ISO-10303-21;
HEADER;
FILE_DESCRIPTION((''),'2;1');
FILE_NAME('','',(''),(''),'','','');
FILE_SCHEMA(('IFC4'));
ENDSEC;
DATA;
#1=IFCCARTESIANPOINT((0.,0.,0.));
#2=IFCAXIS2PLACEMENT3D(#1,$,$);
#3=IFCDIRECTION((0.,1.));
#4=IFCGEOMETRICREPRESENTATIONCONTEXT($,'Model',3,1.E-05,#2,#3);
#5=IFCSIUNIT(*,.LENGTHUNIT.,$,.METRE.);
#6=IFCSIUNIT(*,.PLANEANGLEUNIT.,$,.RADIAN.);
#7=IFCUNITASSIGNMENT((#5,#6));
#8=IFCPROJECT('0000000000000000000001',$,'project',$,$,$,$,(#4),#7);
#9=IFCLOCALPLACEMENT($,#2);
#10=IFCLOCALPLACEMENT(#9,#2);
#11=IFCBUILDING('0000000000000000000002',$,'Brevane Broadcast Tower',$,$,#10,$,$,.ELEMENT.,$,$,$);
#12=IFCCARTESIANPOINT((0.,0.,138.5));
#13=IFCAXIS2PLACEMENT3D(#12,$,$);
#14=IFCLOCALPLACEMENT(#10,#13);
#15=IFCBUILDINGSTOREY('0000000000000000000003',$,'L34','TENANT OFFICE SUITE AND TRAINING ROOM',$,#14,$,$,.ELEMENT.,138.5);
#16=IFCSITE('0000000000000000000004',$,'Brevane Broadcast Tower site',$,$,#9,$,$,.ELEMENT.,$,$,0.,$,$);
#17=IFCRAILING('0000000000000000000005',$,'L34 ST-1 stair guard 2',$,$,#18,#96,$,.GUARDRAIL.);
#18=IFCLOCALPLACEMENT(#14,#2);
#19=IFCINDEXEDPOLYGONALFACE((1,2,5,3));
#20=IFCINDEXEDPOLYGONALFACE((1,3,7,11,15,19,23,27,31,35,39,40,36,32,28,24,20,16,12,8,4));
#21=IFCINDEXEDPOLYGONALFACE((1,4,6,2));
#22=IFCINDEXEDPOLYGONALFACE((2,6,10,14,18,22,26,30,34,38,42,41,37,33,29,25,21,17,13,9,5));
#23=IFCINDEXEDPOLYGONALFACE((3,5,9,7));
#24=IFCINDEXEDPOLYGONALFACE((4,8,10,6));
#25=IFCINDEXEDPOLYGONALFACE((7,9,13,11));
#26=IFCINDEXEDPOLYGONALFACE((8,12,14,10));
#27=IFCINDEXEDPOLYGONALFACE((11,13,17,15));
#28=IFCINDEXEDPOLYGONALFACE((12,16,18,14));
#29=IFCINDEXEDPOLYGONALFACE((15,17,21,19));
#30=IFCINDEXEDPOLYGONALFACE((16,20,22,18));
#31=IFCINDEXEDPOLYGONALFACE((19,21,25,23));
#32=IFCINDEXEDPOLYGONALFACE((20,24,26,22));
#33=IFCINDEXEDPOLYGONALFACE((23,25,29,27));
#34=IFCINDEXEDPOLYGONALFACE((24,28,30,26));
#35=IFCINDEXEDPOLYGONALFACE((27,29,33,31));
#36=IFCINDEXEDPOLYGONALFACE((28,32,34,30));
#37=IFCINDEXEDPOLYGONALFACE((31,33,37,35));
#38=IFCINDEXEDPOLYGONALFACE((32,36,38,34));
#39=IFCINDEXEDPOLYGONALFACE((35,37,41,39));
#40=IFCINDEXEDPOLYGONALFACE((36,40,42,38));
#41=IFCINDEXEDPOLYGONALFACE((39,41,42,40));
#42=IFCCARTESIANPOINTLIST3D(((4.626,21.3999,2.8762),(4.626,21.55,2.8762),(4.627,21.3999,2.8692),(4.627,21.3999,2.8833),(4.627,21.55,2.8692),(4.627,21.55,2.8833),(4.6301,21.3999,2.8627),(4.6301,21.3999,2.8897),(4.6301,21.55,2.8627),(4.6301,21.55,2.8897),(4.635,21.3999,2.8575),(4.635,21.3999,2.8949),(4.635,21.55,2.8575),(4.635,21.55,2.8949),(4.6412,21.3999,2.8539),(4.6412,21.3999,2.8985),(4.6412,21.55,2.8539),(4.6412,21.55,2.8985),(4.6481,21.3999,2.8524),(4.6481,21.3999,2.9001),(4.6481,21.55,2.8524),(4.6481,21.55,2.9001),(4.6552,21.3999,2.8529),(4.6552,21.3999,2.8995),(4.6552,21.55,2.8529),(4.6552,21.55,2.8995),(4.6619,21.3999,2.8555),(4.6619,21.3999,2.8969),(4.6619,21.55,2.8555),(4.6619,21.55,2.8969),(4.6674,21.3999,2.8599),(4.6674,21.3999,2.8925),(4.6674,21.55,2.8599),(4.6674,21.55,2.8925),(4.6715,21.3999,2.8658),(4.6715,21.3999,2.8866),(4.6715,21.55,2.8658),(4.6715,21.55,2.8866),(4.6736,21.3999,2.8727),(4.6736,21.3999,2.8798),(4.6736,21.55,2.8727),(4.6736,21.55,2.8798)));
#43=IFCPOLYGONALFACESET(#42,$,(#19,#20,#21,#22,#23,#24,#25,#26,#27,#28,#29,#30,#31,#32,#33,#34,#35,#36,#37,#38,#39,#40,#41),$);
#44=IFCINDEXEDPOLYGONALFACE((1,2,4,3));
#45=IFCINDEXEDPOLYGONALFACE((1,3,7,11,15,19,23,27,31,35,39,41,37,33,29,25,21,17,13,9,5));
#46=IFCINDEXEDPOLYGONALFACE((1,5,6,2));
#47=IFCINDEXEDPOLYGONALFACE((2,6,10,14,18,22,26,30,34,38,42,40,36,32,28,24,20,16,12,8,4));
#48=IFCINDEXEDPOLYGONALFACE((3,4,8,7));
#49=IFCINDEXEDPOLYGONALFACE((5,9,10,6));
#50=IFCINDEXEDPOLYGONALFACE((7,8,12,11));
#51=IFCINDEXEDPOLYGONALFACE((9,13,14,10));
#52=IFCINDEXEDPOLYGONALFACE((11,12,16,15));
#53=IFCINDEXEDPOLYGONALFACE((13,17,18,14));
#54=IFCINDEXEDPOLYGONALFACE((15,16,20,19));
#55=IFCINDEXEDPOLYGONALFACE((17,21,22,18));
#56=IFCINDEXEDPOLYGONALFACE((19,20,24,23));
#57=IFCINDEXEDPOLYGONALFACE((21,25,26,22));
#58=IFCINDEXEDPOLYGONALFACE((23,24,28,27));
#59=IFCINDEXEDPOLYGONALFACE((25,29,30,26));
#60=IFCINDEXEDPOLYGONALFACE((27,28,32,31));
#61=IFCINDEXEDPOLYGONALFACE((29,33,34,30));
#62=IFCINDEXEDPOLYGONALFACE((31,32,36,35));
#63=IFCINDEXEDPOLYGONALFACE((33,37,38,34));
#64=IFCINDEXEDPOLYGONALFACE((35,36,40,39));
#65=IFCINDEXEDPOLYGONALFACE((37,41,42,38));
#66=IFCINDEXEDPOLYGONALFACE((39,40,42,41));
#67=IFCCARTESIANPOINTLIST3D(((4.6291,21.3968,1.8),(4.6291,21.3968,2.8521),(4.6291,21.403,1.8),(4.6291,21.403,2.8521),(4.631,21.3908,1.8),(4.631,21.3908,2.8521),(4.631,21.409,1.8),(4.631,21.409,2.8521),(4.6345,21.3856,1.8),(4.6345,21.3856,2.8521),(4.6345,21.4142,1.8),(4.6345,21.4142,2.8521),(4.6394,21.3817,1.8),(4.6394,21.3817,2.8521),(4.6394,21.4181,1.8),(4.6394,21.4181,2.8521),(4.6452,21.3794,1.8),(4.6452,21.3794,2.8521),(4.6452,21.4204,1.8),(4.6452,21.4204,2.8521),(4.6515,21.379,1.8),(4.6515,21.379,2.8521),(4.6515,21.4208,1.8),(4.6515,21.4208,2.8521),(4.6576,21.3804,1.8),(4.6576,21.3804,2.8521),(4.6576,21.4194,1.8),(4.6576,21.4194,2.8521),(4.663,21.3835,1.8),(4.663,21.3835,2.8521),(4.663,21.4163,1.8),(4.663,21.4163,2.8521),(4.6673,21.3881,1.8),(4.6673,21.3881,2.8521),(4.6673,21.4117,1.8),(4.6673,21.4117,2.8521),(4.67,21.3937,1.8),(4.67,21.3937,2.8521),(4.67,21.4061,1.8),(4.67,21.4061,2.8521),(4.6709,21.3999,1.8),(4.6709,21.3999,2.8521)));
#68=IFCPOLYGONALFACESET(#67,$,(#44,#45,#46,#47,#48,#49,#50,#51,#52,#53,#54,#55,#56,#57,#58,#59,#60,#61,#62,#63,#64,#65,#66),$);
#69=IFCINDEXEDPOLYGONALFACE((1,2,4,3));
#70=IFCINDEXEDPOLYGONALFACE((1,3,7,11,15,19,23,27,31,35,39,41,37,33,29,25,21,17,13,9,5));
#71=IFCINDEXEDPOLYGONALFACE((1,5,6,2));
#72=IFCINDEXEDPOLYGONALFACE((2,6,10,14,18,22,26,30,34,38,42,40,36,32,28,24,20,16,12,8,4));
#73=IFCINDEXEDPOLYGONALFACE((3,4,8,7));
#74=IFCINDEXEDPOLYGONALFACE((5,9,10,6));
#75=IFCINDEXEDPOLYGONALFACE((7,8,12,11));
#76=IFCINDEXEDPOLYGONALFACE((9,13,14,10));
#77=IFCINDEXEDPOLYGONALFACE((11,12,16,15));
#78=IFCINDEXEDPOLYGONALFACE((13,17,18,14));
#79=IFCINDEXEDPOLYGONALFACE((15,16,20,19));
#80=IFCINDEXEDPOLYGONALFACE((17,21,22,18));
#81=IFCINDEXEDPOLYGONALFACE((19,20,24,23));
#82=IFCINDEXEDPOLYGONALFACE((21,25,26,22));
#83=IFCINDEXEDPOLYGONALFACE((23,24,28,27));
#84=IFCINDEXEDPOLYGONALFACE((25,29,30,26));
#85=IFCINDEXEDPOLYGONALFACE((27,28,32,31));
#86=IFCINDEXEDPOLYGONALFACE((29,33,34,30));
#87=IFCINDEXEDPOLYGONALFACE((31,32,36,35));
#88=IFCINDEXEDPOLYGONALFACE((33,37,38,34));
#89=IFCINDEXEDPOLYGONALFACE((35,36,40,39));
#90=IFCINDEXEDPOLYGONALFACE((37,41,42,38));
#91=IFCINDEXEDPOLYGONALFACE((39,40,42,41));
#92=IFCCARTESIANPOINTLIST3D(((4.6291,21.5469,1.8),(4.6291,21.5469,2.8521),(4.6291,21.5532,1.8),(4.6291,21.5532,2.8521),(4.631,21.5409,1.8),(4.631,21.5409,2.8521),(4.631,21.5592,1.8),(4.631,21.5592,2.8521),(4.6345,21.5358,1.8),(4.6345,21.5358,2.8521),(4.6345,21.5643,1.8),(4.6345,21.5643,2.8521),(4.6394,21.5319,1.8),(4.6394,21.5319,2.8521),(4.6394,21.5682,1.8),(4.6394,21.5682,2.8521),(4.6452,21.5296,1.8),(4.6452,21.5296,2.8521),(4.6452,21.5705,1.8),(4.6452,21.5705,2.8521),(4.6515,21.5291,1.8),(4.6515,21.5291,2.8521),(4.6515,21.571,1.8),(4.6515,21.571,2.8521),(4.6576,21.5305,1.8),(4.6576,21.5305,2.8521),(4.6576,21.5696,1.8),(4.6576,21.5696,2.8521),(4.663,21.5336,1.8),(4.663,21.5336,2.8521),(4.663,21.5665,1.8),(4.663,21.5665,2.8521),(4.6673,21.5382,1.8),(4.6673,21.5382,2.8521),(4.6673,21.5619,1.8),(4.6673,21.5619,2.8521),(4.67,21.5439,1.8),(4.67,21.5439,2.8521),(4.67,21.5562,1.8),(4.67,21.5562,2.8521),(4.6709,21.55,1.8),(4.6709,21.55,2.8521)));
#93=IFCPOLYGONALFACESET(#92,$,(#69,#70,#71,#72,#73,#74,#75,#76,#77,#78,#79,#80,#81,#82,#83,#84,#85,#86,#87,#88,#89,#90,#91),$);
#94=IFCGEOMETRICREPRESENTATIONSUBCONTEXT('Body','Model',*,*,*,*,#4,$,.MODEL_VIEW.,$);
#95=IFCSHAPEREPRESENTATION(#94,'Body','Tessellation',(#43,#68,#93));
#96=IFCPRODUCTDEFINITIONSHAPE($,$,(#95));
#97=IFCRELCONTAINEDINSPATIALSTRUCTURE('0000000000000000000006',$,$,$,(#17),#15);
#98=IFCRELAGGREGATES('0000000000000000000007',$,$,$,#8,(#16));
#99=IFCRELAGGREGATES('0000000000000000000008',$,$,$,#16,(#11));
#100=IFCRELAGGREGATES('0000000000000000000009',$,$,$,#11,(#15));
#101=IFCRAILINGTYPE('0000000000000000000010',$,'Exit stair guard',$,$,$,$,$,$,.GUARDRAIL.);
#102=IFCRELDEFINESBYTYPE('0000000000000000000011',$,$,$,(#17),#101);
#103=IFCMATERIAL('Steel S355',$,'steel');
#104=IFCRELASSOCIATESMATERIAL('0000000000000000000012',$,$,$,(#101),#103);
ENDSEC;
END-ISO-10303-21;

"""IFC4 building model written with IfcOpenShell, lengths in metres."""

from ifc_helpers import new_model, si_unit, direction, frame, origin, origin_2d, place, context, subcontext, project, spatial, circle, extrude, material, type_object, element, save


model = new_model("IFC4")

# Units and contexts
model_context = context("Model", 3, precision=1e-05, world=origin(), true_north=direction((0.0, 1.0)))
body_context = subcontext(model_context, "Body", "Model", "MODEL_VIEW")
ifc_project = project(units=[si_unit("LENGTHUNIT", "METRE"), si_unit("PLANEANGLEUNIT", "RADIAN")], contexts=[model_context])

# Site, building, storey
site_placement = place(None, origin())
site = spatial("IfcSite", under=ifc_project, at=site_placement, Name="Brevane Broadcast Tower site", CompositionType="ELEMENT", RefElevation=0.0)
building_placement = place(site_placement, origin())
building = spatial("IfcBuilding", under=site, at=building_placement, Name="Brevane Broadcast Tower", CompositionType="ELEMENT")
storey_placement = place(building_placement, frame((0.0, 0.0, 138.5)))
storey = spatial("IfcBuildingStorey", under=building, at=storey_placement, Name="L34", Description="TENANT OFFICE SUITE AND TRAINING ROOM", CompositionType="ELEMENT", Elevation=138.5)

# Railing
ifc_material_1 = material(Name="Steel S355", Category="steel")
railing_type_1 = type_object("IfcRailingType", Name="Exit stair guard", PredefinedType="GUARDRAIL", material=ifc_material_1)
railing_1_placement = place(storey_placement, frame((4.6499, 21.3999, 1.8)))
element("IfcRailing", 1, at=railing_1_placement, inside=storey, type_object=railing_type_1, Name="L34 ST-1 stair guard 2", PredefinedType="GUARDRAIL", context=body_context, shape_type="SweptSolid", body=[
    extrude(circle(Radius=0.0239, at=origin_2d()), frame((0.0, 0.0, 1.0762), z_axis=(0.0, 1.0, 0.0), x_axis=(-1.0, 0.0, 0.0)), (0.0, 0.0, 1.0), 0.1501),
    extrude(circle(Radius=0.021, at=origin_2d()), origin(), (0.0, 0.0, 1.0), 1.052),
    extrude(circle(Radius=0.021, at=origin_2d()), frame((0.0, 0.1501, 0.0)), (0.0, 0.0, 1.0), 1.052),
])

save(model, "model.ifc")
